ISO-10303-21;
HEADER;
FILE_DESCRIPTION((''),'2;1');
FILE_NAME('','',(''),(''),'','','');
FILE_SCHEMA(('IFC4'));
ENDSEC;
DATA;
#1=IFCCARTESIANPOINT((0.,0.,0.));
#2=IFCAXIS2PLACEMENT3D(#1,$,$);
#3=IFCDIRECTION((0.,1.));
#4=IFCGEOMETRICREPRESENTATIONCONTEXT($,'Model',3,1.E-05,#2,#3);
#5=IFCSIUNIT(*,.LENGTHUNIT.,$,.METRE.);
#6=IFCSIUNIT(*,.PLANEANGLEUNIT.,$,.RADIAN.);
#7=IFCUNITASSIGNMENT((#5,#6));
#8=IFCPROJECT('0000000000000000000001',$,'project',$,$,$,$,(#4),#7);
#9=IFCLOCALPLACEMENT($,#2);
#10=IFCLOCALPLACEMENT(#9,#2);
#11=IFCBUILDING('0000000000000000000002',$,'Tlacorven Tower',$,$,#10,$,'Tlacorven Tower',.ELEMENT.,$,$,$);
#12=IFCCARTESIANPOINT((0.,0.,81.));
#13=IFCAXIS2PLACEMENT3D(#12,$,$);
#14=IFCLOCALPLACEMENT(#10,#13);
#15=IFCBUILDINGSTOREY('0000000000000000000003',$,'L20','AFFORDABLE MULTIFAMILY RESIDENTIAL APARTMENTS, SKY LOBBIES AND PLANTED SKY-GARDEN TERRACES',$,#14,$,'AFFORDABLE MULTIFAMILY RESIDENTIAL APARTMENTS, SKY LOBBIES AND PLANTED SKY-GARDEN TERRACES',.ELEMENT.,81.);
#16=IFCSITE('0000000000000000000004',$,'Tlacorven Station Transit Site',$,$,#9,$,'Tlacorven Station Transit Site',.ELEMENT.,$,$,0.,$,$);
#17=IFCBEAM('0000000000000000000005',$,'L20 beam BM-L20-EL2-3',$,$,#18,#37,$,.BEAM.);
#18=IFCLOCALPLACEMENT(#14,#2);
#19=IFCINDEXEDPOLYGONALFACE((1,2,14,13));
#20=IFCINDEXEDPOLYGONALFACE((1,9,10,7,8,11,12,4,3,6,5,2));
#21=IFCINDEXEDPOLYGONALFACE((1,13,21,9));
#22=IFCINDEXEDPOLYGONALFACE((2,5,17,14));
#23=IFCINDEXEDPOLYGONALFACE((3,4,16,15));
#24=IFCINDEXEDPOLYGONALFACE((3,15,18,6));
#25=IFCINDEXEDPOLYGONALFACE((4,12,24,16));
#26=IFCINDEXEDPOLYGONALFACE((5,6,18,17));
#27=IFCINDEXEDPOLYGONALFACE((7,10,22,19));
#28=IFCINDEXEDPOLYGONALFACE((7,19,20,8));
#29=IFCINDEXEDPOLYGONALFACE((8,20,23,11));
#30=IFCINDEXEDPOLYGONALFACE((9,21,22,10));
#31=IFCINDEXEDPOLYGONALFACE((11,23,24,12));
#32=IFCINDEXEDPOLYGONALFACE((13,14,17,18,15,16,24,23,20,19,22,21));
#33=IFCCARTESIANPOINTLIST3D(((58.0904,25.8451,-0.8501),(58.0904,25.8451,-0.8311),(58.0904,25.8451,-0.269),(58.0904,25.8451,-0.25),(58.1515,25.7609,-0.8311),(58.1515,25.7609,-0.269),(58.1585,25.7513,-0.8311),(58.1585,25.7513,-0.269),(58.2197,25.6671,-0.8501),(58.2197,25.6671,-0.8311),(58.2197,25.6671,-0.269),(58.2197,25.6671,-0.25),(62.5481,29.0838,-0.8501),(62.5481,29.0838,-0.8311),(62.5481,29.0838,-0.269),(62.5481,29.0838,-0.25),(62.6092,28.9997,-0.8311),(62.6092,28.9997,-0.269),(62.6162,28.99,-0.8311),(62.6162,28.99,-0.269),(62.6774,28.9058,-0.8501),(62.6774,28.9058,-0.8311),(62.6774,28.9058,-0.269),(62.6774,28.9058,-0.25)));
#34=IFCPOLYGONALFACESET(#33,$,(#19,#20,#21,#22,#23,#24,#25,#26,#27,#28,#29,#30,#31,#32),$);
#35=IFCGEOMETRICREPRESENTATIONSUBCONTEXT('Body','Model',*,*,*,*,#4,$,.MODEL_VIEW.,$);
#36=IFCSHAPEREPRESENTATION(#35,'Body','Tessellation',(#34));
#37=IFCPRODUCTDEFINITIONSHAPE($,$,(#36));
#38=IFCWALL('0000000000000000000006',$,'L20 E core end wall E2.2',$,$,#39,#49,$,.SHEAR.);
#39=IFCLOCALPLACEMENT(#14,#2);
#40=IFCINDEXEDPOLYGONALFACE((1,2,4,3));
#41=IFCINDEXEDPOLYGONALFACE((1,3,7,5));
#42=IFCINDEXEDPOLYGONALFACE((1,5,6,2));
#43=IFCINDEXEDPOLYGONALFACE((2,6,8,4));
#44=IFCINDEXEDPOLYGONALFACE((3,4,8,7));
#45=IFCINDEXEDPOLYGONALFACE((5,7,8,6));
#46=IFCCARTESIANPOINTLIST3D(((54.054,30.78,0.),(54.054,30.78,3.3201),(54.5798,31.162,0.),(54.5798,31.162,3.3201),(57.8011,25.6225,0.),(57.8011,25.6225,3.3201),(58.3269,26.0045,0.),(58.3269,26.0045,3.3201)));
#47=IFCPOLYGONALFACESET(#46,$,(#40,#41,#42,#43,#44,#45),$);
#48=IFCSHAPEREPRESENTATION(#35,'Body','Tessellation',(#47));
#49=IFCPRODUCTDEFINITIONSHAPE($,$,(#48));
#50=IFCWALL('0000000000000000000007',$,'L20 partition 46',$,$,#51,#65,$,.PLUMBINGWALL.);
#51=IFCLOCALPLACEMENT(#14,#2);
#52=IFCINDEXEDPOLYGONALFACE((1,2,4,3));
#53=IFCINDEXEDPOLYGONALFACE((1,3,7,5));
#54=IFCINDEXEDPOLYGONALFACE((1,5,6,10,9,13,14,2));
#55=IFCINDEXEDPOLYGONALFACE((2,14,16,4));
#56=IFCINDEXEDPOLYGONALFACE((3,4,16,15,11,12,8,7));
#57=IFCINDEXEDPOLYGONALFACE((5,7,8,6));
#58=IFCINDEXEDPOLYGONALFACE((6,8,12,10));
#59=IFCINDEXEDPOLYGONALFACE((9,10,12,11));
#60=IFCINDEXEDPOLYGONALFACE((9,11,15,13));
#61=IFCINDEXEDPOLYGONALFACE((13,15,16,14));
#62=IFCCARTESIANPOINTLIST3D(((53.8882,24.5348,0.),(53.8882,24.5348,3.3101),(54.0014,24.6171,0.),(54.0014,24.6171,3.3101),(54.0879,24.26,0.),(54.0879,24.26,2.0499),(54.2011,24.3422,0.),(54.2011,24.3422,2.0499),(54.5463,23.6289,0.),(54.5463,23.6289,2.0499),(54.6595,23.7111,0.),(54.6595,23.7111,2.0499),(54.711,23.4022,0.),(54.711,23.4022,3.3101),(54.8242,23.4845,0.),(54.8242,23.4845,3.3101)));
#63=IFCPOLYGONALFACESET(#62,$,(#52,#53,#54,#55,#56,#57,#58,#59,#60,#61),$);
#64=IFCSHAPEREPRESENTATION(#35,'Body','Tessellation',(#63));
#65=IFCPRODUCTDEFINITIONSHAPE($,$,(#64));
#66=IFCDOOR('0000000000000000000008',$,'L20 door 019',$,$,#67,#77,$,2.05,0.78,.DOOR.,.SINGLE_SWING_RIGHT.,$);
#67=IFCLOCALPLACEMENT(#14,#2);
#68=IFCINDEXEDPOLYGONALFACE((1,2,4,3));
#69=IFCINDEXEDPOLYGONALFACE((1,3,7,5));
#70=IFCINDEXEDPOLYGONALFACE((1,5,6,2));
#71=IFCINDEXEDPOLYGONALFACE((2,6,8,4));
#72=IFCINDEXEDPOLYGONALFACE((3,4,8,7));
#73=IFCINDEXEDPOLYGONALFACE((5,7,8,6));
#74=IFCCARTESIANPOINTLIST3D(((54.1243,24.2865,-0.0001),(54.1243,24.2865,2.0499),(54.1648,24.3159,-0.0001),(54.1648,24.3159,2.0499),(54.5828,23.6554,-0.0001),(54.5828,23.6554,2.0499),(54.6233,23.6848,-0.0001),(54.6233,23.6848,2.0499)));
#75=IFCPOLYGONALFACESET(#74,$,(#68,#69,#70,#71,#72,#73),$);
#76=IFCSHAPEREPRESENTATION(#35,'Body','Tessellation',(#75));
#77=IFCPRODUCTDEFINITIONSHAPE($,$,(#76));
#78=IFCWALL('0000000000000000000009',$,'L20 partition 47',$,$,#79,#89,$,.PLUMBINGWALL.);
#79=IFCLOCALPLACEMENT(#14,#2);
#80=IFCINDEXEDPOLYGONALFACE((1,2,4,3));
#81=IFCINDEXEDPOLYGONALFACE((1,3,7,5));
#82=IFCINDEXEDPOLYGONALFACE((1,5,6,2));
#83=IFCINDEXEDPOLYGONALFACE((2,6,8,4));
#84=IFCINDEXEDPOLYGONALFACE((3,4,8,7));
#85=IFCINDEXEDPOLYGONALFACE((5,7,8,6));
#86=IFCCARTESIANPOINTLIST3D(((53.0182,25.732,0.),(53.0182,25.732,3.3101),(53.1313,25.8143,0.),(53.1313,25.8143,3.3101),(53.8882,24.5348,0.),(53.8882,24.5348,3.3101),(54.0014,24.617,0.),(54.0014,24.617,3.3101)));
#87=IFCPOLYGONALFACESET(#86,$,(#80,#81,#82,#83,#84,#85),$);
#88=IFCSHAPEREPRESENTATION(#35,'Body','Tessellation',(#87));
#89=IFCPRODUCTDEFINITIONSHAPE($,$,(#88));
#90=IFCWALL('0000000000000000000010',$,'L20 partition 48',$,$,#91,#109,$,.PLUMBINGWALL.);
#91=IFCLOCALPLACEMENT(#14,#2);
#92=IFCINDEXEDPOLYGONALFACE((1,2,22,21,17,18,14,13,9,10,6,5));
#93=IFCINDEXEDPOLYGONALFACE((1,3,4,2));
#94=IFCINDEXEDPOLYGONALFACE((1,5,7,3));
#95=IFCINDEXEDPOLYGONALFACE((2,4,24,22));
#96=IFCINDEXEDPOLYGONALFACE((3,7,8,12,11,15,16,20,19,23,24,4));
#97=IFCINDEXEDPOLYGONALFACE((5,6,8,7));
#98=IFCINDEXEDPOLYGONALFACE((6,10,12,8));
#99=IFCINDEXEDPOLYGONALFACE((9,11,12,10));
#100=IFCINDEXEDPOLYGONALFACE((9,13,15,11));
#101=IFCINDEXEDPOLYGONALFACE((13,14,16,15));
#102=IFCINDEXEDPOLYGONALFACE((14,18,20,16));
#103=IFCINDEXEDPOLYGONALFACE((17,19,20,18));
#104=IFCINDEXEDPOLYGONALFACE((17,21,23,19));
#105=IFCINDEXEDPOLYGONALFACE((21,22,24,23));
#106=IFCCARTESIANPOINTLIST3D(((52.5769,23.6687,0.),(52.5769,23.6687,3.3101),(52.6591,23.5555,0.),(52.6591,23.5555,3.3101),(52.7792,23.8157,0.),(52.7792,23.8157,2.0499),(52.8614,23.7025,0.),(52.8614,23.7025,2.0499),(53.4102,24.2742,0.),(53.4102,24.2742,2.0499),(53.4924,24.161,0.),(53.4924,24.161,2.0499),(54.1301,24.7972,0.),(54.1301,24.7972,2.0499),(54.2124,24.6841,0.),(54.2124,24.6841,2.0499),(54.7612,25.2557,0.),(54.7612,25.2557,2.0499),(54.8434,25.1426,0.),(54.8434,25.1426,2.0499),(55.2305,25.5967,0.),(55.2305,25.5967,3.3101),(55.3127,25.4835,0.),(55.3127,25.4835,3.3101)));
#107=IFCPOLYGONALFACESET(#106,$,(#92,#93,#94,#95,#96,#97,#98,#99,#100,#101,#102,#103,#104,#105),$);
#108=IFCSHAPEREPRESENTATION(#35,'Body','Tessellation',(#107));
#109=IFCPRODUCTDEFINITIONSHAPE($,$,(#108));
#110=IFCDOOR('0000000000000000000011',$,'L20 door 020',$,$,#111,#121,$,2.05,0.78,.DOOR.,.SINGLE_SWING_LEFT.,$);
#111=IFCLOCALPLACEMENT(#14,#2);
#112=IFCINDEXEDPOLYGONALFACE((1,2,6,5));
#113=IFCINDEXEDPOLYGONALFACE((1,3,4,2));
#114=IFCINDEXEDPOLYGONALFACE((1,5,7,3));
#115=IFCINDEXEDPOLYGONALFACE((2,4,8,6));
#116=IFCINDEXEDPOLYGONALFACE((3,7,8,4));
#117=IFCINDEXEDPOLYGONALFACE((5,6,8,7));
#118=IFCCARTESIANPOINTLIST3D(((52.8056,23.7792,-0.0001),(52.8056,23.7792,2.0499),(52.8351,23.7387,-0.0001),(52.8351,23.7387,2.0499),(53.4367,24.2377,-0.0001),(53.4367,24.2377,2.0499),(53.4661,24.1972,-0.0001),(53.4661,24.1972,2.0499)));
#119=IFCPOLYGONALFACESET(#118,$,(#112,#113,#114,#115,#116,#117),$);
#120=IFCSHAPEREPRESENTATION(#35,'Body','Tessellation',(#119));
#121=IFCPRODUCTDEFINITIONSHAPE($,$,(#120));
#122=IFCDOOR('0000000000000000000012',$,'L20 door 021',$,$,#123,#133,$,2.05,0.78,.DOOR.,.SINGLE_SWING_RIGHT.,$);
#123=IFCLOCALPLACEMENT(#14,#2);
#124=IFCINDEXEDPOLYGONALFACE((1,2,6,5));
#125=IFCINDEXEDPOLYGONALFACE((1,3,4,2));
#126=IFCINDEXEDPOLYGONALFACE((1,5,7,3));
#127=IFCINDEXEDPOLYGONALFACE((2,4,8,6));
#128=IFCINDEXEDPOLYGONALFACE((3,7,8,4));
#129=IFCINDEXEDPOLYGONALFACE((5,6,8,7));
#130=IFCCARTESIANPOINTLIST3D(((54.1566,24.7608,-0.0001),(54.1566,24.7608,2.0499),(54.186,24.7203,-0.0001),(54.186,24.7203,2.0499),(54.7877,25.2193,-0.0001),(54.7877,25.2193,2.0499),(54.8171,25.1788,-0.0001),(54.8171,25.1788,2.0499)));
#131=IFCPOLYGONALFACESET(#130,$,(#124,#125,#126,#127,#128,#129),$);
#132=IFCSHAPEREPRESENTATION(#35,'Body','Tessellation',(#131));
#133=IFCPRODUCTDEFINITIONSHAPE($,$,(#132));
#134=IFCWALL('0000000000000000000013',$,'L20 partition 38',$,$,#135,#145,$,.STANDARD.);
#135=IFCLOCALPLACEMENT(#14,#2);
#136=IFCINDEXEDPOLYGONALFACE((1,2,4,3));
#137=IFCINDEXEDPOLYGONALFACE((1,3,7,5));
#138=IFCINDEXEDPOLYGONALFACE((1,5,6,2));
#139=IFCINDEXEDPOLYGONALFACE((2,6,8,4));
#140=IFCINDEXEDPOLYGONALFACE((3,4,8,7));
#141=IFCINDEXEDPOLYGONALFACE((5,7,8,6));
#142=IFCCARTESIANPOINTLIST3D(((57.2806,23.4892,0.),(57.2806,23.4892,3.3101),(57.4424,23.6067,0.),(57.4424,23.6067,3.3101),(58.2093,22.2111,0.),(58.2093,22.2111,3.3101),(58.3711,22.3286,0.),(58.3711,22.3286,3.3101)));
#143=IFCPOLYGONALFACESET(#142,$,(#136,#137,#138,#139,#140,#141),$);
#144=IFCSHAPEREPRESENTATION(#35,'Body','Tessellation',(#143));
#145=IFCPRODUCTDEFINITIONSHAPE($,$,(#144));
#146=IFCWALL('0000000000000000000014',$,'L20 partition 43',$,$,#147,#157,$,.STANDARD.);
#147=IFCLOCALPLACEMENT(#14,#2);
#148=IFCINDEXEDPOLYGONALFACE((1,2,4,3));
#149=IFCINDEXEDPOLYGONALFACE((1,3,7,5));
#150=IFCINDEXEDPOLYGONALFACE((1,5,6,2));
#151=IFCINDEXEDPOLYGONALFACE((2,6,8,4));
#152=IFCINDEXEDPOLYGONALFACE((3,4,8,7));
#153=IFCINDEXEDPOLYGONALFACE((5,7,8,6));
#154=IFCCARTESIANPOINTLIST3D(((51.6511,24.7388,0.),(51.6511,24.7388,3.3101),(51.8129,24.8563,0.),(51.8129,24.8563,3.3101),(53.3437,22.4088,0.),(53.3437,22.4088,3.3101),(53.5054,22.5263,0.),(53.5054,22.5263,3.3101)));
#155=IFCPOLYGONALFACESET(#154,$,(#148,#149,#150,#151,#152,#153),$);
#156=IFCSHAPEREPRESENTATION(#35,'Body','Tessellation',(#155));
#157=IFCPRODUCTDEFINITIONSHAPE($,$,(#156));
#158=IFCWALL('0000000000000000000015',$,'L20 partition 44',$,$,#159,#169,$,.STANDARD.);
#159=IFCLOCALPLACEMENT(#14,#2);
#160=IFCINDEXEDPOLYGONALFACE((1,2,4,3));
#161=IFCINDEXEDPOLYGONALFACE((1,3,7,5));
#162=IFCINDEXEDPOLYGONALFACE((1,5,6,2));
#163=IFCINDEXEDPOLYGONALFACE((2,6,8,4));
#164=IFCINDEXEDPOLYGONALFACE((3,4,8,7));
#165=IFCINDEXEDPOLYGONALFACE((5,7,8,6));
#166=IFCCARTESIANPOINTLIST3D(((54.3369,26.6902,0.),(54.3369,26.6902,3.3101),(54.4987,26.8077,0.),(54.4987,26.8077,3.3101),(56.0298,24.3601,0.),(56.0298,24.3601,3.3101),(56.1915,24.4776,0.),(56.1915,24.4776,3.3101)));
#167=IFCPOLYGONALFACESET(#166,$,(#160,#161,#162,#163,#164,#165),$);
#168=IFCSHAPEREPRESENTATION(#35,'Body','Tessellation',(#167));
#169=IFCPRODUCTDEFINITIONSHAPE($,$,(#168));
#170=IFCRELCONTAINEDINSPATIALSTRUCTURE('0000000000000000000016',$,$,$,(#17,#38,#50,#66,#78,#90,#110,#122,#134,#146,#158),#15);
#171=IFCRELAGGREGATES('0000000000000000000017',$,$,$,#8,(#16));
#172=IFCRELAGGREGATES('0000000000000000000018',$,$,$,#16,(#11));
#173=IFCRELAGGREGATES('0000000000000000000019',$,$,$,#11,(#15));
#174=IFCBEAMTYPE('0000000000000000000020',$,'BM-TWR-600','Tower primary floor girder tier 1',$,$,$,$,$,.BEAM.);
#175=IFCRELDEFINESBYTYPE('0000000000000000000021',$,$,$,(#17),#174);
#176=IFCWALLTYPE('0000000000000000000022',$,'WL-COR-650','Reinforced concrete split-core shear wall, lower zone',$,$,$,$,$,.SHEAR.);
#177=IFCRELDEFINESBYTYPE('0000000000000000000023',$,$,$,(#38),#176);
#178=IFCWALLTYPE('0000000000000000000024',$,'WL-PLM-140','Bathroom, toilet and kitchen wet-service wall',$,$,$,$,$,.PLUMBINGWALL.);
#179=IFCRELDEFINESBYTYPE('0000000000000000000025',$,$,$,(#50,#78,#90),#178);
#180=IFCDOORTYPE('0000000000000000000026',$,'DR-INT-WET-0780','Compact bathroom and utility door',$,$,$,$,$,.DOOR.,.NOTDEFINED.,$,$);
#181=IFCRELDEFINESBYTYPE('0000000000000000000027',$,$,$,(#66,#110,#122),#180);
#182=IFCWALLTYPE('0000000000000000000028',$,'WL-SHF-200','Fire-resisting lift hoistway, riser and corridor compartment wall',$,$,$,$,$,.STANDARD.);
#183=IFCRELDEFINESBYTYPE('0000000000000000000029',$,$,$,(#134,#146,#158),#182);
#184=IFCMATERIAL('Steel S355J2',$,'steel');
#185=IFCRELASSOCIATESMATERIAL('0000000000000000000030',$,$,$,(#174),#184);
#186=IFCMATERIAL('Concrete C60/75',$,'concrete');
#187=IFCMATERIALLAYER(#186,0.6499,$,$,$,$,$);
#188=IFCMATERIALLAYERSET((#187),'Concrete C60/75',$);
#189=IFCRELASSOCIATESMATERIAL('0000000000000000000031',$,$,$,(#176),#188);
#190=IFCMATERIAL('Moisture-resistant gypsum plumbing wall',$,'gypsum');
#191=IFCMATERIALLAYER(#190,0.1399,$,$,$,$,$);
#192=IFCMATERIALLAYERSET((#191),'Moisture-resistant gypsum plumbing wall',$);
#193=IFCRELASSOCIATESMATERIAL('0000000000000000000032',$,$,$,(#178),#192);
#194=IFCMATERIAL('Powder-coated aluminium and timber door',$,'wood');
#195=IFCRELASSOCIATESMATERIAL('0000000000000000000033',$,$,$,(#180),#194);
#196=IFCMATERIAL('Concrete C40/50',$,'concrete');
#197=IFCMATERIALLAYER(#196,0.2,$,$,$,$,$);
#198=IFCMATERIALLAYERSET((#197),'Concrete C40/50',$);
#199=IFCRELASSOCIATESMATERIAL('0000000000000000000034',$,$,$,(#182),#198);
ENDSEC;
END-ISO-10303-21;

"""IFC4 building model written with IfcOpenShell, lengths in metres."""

from ifc_helpers import new_model, si_unit, direction, frame, frame_2d, origin, origin_2d, place, context, subcontext, project, spatial, rectangle, i_section, extrude, source, transform, mapped, material, layer, layer_set, material_profile, profile_set, type_object, element, fill, save


model = new_model("IFC4")

# Units and contexts
model_context = context("Model", 3, precision=1e-05, world=origin(), true_north=direction((0.0, 1.0)))
body_context = subcontext(model_context, "Body", "Model", "MODEL_VIEW")
ifc_project = project(units=[si_unit("LENGTHUNIT", "METRE"), si_unit("PLANEANGLEUNIT", "RADIAN")], contexts=[model_context])

# Site, building, storey
site_placement = place(None, origin())
site = spatial("IfcSite", under=ifc_project, at=site_placement, Name="Tlacorven Station Transit Site", LongName="Tlacorven Station Transit Site", CompositionType="ELEMENT", RefElevation=0.0)
building_placement = place(site_placement, origin())
building = spatial("IfcBuilding", under=site, at=building_placement, Name="Tlacorven Tower", LongName="Tlacorven Tower", CompositionType="ELEMENT")
storey_placement = place(building_placement, frame((0.0, 0.0, 81.0)))
storey = spatial("IfcBuildingStorey", under=building, at=storey_placement, Name="L20", Description="AFFORDABLE MULTIFAMILY RESIDENTIAL APARTMENTS, SKY LOBBIES AND PLANTED SKY-GARDEN TERRACES", LongName="AFFORDABLE MULTIFAMILY RESIDENTIAL APARTMENTS, SKY LOBBIES AND PLANTED SKY-GARDEN TERRACES", CompositionType="ELEMENT", Elevation=81.0)

# Beam
ifc_material_1 = material(Name="Steel S355J2", Category="steel")
ifc_material_profile = material_profile(ifc_material_1, i_section(OverallWidth=0.22, OverallDepth=0.6001, WebThickness=0.012, FlangeThickness=0.019, at=origin_2d()), Name="IPE 600")
ifc_profile_set = profile_set([ifc_material_profile], Name="Steel S355J2")
beam_type = type_object("IfcBeamType", Name="BM-TWR-600", Description="Tower primary floor girder tier 1", PredefinedType="BEAM", material=ifc_profile_set)
shared_shape_1 = source(origin(), body_context, "Body", "SweptSolid", [
    extrude(i_section(OverallWidth=0.22, OverallDepth=0.6001, WebThickness=0.012, FlangeThickness=0.019, at=origin_2d()), origin(), (0.0, 0.0, 1.0), 5.51),
])
beam_placement = place(storey_placement, frame((58.155, 25.7561, -0.55), z_axis=(0.809016, 0.587787, 0.0), x_axis=(-0.587787, 0.809016, 0.0)))
element("IfcBeam", 1, at=beam_placement, inside=storey, type_object=beam_type, Name="L20 beam BM-L20-EL2-3", PredefinedType="BEAM", context=body_context, shape_type="MappedRepresentation", body=[
    mapped(shared_shape_1, transform((0.0, 0.0, 0.0), scale=1.0)),
])

# Wall
ifc_material_2 = material(Name="Concrete C60/75", Category="concrete")
ifc_layer_1 = layer(ifc_material_2, 0.6499)
ifc_layer_set_1 = layer_set([ifc_layer_1], Name="Concrete C60/75")
wall_type_1 = type_object("IfcWallType", Name="WL-COR-650", Description="Reinforced concrete split-core shear wall, lower zone", PredefinedType="SHEAR", material=ifc_layer_set_1)
wall_1_placement = place(storey_placement, frame((58.064, 25.8135, 0.0), z_axis=(0.0, 0.0, 1.0), x_axis=(-0.58778, 0.809021, 0.0)))
element("IfcWall", 2, at=wall_1_placement, inside=storey, type_object=wall_type_1, Name="L20 E core end wall E2.2", PredefinedType="SHEAR", context=body_context, shape_type="SweptSolid", body=[
    extrude(rectangle(XDim=6.375, YDim=0.6499, at=frame_2d((3.1875, 0.0))), origin(), (0.0, 0.0, 1.0), 3.3201),
])

# Wall, opening, door
ifc_material_3 = material(Name="Moisture-resistant gypsum plumbing wall", Category="gypsum")
ifc_layer_2 = layer(ifc_material_3, 0.1399)
ifc_layer_set_2 = layer_set([ifc_layer_2], Name="Moisture-resistant gypsum plumbing wall")
wall_type_2 = type_object("IfcWallType", Name="WL-PLM-140", Description="Bathroom, toilet and kitchen wet-service wall", PredefinedType="PLUMBINGWALL", material=ifc_layer_set_2)
wall_2_placement = place(storey_placement, frame((54.7676, 23.4434, 0.0), z_axis=(0.0, 0.0, 1.0), x_axis=(-0.587736, 0.809053, 0.0)))
wall_2 = element("IfcWall", 3, at=wall_2_placement, inside=storey, type_object=wall_type_2, Name="L20 partition 46", PredefinedType="PLUMBINGWALL", context=body_context, shape_type="SweptSolid", body=[
    extrude(rectangle(XDim=1.3999, YDim=0.1399, at=frame_2d((0.7, 0.0))), origin(), (0.0, 0.0, 1.0), 3.3101),
])
opening_1_placement = place(wall_2_placement, frame((0.28, 0.0, 0.0)))
opening_1 = element("IfcOpeningElement", 4, at=opening_1_placement, cuts=wall_2, PredefinedType="OPENING", context=body_context, shape_type="SweptSolid", body=[
    extrude(rectangle(XDim=0.78, YDim=2.05, at=frame_2d((0.3901, 1.0249))), frame((0.0, 0.0801, 0.0), z_axis=(0.0, -1.0, 0.0), x_axis=(1.0, 0.0, 0.0)), (0.0, 0.0, 1.0), 0.1599),
])
ifc_material_4 = material(Name="Powder-coated aluminium and timber door", Category="wood")
door_type_1 = type_object("IfcDoorType", Name="DR-INT-WET-0780", Description="Compact bathroom and utility door", OperationType="NOTDEFINED", PredefinedType="DOOR", material=ifc_material_4)
shared_shape_2 = source(origin(), body_context, "Body", "SweptSolid", [
    extrude(rectangle(XDim=0.78, YDim=2.05, at=frame_2d((0.3901, 1.0249))), frame((0.0, 0.0249, 0.0), z_axis=(0.0, -1.0, 0.0), x_axis=(1.0, 0.0, 0.0)), (0.0, 0.0, 1.0), 0.05),
])
door_1_placement = place(opening_1_placement, origin())
door_1 = element("IfcDoor", 5, at=door_1_placement, inside=storey, type_object=door_type_1, Name="L20 door 019", OperationType="SINGLE_SWING_RIGHT", OverallHeight=2.05, OverallWidth=0.78, PredefinedType="DOOR", context=body_context, shape_type="MappedRepresentation", body=[
    mapped(shared_shape_2, transform((0.0, 0.0, 0.0), scale=1.0)),
])
fill(opening_1, door_1)

# Wall
wall_3_placement = place(storey_placement, frame((53.9448, 24.5759, 0.0), z_axis=(0.0, 0.0, 1.0), x_axis=(-0.587897, 0.808936, 0.0)))
element("IfcWall", 6, at=wall_3_placement, inside=storey, type_object=wall_type_2, Name="L20 partition 47", PredefinedType="PLUMBINGWALL", context=body_context, shape_type="SweptSolid", body=[
    extrude(rectangle(XDim=1.48, YDim=0.1399, at=frame_2d((0.74, 0.0))), origin(), (0.0, 0.0, 1.0), 3.3101),
])

# Wall, openings, doors
wall_4_placement = place(storey_placement, frame((52.6179, 23.6121, 0.0), z_axis=(0.0, 0.0, 1.0), x_axis=(0.80901, 0.587795, 0.0)))
wall_4 = element("IfcWall", 7, at=wall_4_placement, inside=storey, type_object=wall_type_2, Name="L20 partition 48", PredefinedType="PLUMBINGWALL", context=body_context, shape_type="SweptSolid", body=[
    extrude(rectangle(XDim=3.28, YDim=0.1399, at=frame_2d((1.6401, 0.0))), origin(), (0.0, 0.0, 1.0), 3.3101),
])
opening_2_placement = place(wall_4_placement, frame((0.25, 0.0, 0.0)))
opening_2 = element("IfcOpeningElement", 8, at=opening_2_placement, cuts=wall_4, PredefinedType="OPENING", context=body_context, shape_type="SweptSolid", body=[
    extrude(rectangle(XDim=0.78, YDim=2.05, at=frame_2d((0.3901, 1.0249))), frame((0.0, 0.0801, 0.0), z_axis=(0.0, -1.0, 0.0), x_axis=(1.0, 0.0, 0.0)), (0.0, 0.0, 1.0), 0.1599),
])
opening_3_placement = place(wall_4_placement, frame((1.9199, 0.0, 0.0)))
opening_3 = element("IfcOpeningElement", 9, at=opening_3_placement, cuts=wall_4, PredefinedType="OPENING", context=body_context, shape_type="SweptSolid", body=[
    extrude(rectangle(XDim=0.78, YDim=2.05, at=frame_2d((0.3901, 1.0249))), frame((0.0, 0.0801, 0.0), z_axis=(0.0, -1.0, 0.0), x_axis=(1.0, 0.0, 0.0)), (0.0, 0.0, 1.0), 0.1599),
])
door_2_placement = place(opening_2_placement, origin())
door_2 = element("IfcDoor", 10, at=door_2_placement, inside=storey, type_object=door_type_1, Name="L20 door 020", OperationType="SINGLE_SWING_LEFT", OverallHeight=2.05, OverallWidth=0.78, PredefinedType="DOOR", context=body_context, shape_type="MappedRepresentation", body=[
    mapped(shared_shape_2, transform((0.0, 0.0, 0.0), scale=1.0)),
])
fill(opening_2, door_2)
door_3_placement = place(opening_3_placement, origin())
door_3 = element("IfcDoor", 11, at=door_3_placement, inside=storey, type_object=door_type_1, Name="L20 door 021", OperationType="SINGLE_SWING_RIGHT", OverallHeight=2.05, OverallWidth=0.78, PredefinedType="DOOR", context=body_context, shape_type="MappedRepresentation", body=[
    mapped(shared_shape_2, transform((0.0, 0.0, 0.0), scale=1.0)),
])
fill(opening_3, door_3)

# Walls
ifc_material_5 = material(Name="Concrete C40/50", Category="concrete")
ifc_layer_3 = layer(ifc_material_5, 0.2)
ifc_layer_set_3 = layer_set([ifc_layer_3], Name="Concrete C40/50")
wall_type_3 = type_object("IfcWallType", Name="WL-SHF-200", Description="Fire-resisting lift hoistway, riser and corridor compartment wall", PredefinedType="STANDARD", material=ifc_layer_set_3)
wall_5_placement = place(storey_placement, frame((58.2903, 22.2698, 0.0), z_axis=(0.0, 0.0, 1.0), x_axis=(-0.587841, 0.808977, 0.0)))
element("IfcWall", 12, at=wall_5_placement, inside=storey, type_object=wall_type_3, Name="L20 partition 38", PredefinedType="STANDARD", context=body_context, shape_type="SweptSolid", body=[
    extrude(rectangle(XDim=1.5798, YDim=0.2, at=frame_2d((0.79, 0.0))), origin(), (0.0, 0.0, 1.0), 3.3101),
])
wall_6_placement = place(storey_placement, frame((53.4246, 22.4675, 0.0), z_axis=(0.0, 0.0, 1.0), x_axis=(-0.587723, 0.809062, 0.0)))
element("IfcWall", 13, at=wall_6_placement, inside=storey, type_object=wall_type_3, Name="L20 partition 43", PredefinedType="STANDARD", context=body_context, shape_type="SweptSolid", body=[
    extrude(rectangle(XDim=2.8799, YDim=0.2, at=frame_2d((1.4399, 0.0))), origin(), (0.0, 0.0, 1.0), 3.3101),
])
wall_7_placement = place(storey_placement, frame((56.1106, 24.4189, 0.0), z_axis=(0.0, 0.0, 1.0), x_axis=(-0.587778, 0.809022, 0.0)))
element("IfcWall", 14, at=wall_7_placement, inside=storey, type_object=wall_type_3, Name="L20 partition 44", PredefinedType="STANDARD", context=body_context, shape_type="SweptSolid", body=[
    extrude(rectangle(XDim=2.8801, YDim=0.2, at=frame_2d((1.4399, 0.0))), origin(), (0.0, 0.0, 1.0), 3.3101),
])

save(model, "model.ifc")
